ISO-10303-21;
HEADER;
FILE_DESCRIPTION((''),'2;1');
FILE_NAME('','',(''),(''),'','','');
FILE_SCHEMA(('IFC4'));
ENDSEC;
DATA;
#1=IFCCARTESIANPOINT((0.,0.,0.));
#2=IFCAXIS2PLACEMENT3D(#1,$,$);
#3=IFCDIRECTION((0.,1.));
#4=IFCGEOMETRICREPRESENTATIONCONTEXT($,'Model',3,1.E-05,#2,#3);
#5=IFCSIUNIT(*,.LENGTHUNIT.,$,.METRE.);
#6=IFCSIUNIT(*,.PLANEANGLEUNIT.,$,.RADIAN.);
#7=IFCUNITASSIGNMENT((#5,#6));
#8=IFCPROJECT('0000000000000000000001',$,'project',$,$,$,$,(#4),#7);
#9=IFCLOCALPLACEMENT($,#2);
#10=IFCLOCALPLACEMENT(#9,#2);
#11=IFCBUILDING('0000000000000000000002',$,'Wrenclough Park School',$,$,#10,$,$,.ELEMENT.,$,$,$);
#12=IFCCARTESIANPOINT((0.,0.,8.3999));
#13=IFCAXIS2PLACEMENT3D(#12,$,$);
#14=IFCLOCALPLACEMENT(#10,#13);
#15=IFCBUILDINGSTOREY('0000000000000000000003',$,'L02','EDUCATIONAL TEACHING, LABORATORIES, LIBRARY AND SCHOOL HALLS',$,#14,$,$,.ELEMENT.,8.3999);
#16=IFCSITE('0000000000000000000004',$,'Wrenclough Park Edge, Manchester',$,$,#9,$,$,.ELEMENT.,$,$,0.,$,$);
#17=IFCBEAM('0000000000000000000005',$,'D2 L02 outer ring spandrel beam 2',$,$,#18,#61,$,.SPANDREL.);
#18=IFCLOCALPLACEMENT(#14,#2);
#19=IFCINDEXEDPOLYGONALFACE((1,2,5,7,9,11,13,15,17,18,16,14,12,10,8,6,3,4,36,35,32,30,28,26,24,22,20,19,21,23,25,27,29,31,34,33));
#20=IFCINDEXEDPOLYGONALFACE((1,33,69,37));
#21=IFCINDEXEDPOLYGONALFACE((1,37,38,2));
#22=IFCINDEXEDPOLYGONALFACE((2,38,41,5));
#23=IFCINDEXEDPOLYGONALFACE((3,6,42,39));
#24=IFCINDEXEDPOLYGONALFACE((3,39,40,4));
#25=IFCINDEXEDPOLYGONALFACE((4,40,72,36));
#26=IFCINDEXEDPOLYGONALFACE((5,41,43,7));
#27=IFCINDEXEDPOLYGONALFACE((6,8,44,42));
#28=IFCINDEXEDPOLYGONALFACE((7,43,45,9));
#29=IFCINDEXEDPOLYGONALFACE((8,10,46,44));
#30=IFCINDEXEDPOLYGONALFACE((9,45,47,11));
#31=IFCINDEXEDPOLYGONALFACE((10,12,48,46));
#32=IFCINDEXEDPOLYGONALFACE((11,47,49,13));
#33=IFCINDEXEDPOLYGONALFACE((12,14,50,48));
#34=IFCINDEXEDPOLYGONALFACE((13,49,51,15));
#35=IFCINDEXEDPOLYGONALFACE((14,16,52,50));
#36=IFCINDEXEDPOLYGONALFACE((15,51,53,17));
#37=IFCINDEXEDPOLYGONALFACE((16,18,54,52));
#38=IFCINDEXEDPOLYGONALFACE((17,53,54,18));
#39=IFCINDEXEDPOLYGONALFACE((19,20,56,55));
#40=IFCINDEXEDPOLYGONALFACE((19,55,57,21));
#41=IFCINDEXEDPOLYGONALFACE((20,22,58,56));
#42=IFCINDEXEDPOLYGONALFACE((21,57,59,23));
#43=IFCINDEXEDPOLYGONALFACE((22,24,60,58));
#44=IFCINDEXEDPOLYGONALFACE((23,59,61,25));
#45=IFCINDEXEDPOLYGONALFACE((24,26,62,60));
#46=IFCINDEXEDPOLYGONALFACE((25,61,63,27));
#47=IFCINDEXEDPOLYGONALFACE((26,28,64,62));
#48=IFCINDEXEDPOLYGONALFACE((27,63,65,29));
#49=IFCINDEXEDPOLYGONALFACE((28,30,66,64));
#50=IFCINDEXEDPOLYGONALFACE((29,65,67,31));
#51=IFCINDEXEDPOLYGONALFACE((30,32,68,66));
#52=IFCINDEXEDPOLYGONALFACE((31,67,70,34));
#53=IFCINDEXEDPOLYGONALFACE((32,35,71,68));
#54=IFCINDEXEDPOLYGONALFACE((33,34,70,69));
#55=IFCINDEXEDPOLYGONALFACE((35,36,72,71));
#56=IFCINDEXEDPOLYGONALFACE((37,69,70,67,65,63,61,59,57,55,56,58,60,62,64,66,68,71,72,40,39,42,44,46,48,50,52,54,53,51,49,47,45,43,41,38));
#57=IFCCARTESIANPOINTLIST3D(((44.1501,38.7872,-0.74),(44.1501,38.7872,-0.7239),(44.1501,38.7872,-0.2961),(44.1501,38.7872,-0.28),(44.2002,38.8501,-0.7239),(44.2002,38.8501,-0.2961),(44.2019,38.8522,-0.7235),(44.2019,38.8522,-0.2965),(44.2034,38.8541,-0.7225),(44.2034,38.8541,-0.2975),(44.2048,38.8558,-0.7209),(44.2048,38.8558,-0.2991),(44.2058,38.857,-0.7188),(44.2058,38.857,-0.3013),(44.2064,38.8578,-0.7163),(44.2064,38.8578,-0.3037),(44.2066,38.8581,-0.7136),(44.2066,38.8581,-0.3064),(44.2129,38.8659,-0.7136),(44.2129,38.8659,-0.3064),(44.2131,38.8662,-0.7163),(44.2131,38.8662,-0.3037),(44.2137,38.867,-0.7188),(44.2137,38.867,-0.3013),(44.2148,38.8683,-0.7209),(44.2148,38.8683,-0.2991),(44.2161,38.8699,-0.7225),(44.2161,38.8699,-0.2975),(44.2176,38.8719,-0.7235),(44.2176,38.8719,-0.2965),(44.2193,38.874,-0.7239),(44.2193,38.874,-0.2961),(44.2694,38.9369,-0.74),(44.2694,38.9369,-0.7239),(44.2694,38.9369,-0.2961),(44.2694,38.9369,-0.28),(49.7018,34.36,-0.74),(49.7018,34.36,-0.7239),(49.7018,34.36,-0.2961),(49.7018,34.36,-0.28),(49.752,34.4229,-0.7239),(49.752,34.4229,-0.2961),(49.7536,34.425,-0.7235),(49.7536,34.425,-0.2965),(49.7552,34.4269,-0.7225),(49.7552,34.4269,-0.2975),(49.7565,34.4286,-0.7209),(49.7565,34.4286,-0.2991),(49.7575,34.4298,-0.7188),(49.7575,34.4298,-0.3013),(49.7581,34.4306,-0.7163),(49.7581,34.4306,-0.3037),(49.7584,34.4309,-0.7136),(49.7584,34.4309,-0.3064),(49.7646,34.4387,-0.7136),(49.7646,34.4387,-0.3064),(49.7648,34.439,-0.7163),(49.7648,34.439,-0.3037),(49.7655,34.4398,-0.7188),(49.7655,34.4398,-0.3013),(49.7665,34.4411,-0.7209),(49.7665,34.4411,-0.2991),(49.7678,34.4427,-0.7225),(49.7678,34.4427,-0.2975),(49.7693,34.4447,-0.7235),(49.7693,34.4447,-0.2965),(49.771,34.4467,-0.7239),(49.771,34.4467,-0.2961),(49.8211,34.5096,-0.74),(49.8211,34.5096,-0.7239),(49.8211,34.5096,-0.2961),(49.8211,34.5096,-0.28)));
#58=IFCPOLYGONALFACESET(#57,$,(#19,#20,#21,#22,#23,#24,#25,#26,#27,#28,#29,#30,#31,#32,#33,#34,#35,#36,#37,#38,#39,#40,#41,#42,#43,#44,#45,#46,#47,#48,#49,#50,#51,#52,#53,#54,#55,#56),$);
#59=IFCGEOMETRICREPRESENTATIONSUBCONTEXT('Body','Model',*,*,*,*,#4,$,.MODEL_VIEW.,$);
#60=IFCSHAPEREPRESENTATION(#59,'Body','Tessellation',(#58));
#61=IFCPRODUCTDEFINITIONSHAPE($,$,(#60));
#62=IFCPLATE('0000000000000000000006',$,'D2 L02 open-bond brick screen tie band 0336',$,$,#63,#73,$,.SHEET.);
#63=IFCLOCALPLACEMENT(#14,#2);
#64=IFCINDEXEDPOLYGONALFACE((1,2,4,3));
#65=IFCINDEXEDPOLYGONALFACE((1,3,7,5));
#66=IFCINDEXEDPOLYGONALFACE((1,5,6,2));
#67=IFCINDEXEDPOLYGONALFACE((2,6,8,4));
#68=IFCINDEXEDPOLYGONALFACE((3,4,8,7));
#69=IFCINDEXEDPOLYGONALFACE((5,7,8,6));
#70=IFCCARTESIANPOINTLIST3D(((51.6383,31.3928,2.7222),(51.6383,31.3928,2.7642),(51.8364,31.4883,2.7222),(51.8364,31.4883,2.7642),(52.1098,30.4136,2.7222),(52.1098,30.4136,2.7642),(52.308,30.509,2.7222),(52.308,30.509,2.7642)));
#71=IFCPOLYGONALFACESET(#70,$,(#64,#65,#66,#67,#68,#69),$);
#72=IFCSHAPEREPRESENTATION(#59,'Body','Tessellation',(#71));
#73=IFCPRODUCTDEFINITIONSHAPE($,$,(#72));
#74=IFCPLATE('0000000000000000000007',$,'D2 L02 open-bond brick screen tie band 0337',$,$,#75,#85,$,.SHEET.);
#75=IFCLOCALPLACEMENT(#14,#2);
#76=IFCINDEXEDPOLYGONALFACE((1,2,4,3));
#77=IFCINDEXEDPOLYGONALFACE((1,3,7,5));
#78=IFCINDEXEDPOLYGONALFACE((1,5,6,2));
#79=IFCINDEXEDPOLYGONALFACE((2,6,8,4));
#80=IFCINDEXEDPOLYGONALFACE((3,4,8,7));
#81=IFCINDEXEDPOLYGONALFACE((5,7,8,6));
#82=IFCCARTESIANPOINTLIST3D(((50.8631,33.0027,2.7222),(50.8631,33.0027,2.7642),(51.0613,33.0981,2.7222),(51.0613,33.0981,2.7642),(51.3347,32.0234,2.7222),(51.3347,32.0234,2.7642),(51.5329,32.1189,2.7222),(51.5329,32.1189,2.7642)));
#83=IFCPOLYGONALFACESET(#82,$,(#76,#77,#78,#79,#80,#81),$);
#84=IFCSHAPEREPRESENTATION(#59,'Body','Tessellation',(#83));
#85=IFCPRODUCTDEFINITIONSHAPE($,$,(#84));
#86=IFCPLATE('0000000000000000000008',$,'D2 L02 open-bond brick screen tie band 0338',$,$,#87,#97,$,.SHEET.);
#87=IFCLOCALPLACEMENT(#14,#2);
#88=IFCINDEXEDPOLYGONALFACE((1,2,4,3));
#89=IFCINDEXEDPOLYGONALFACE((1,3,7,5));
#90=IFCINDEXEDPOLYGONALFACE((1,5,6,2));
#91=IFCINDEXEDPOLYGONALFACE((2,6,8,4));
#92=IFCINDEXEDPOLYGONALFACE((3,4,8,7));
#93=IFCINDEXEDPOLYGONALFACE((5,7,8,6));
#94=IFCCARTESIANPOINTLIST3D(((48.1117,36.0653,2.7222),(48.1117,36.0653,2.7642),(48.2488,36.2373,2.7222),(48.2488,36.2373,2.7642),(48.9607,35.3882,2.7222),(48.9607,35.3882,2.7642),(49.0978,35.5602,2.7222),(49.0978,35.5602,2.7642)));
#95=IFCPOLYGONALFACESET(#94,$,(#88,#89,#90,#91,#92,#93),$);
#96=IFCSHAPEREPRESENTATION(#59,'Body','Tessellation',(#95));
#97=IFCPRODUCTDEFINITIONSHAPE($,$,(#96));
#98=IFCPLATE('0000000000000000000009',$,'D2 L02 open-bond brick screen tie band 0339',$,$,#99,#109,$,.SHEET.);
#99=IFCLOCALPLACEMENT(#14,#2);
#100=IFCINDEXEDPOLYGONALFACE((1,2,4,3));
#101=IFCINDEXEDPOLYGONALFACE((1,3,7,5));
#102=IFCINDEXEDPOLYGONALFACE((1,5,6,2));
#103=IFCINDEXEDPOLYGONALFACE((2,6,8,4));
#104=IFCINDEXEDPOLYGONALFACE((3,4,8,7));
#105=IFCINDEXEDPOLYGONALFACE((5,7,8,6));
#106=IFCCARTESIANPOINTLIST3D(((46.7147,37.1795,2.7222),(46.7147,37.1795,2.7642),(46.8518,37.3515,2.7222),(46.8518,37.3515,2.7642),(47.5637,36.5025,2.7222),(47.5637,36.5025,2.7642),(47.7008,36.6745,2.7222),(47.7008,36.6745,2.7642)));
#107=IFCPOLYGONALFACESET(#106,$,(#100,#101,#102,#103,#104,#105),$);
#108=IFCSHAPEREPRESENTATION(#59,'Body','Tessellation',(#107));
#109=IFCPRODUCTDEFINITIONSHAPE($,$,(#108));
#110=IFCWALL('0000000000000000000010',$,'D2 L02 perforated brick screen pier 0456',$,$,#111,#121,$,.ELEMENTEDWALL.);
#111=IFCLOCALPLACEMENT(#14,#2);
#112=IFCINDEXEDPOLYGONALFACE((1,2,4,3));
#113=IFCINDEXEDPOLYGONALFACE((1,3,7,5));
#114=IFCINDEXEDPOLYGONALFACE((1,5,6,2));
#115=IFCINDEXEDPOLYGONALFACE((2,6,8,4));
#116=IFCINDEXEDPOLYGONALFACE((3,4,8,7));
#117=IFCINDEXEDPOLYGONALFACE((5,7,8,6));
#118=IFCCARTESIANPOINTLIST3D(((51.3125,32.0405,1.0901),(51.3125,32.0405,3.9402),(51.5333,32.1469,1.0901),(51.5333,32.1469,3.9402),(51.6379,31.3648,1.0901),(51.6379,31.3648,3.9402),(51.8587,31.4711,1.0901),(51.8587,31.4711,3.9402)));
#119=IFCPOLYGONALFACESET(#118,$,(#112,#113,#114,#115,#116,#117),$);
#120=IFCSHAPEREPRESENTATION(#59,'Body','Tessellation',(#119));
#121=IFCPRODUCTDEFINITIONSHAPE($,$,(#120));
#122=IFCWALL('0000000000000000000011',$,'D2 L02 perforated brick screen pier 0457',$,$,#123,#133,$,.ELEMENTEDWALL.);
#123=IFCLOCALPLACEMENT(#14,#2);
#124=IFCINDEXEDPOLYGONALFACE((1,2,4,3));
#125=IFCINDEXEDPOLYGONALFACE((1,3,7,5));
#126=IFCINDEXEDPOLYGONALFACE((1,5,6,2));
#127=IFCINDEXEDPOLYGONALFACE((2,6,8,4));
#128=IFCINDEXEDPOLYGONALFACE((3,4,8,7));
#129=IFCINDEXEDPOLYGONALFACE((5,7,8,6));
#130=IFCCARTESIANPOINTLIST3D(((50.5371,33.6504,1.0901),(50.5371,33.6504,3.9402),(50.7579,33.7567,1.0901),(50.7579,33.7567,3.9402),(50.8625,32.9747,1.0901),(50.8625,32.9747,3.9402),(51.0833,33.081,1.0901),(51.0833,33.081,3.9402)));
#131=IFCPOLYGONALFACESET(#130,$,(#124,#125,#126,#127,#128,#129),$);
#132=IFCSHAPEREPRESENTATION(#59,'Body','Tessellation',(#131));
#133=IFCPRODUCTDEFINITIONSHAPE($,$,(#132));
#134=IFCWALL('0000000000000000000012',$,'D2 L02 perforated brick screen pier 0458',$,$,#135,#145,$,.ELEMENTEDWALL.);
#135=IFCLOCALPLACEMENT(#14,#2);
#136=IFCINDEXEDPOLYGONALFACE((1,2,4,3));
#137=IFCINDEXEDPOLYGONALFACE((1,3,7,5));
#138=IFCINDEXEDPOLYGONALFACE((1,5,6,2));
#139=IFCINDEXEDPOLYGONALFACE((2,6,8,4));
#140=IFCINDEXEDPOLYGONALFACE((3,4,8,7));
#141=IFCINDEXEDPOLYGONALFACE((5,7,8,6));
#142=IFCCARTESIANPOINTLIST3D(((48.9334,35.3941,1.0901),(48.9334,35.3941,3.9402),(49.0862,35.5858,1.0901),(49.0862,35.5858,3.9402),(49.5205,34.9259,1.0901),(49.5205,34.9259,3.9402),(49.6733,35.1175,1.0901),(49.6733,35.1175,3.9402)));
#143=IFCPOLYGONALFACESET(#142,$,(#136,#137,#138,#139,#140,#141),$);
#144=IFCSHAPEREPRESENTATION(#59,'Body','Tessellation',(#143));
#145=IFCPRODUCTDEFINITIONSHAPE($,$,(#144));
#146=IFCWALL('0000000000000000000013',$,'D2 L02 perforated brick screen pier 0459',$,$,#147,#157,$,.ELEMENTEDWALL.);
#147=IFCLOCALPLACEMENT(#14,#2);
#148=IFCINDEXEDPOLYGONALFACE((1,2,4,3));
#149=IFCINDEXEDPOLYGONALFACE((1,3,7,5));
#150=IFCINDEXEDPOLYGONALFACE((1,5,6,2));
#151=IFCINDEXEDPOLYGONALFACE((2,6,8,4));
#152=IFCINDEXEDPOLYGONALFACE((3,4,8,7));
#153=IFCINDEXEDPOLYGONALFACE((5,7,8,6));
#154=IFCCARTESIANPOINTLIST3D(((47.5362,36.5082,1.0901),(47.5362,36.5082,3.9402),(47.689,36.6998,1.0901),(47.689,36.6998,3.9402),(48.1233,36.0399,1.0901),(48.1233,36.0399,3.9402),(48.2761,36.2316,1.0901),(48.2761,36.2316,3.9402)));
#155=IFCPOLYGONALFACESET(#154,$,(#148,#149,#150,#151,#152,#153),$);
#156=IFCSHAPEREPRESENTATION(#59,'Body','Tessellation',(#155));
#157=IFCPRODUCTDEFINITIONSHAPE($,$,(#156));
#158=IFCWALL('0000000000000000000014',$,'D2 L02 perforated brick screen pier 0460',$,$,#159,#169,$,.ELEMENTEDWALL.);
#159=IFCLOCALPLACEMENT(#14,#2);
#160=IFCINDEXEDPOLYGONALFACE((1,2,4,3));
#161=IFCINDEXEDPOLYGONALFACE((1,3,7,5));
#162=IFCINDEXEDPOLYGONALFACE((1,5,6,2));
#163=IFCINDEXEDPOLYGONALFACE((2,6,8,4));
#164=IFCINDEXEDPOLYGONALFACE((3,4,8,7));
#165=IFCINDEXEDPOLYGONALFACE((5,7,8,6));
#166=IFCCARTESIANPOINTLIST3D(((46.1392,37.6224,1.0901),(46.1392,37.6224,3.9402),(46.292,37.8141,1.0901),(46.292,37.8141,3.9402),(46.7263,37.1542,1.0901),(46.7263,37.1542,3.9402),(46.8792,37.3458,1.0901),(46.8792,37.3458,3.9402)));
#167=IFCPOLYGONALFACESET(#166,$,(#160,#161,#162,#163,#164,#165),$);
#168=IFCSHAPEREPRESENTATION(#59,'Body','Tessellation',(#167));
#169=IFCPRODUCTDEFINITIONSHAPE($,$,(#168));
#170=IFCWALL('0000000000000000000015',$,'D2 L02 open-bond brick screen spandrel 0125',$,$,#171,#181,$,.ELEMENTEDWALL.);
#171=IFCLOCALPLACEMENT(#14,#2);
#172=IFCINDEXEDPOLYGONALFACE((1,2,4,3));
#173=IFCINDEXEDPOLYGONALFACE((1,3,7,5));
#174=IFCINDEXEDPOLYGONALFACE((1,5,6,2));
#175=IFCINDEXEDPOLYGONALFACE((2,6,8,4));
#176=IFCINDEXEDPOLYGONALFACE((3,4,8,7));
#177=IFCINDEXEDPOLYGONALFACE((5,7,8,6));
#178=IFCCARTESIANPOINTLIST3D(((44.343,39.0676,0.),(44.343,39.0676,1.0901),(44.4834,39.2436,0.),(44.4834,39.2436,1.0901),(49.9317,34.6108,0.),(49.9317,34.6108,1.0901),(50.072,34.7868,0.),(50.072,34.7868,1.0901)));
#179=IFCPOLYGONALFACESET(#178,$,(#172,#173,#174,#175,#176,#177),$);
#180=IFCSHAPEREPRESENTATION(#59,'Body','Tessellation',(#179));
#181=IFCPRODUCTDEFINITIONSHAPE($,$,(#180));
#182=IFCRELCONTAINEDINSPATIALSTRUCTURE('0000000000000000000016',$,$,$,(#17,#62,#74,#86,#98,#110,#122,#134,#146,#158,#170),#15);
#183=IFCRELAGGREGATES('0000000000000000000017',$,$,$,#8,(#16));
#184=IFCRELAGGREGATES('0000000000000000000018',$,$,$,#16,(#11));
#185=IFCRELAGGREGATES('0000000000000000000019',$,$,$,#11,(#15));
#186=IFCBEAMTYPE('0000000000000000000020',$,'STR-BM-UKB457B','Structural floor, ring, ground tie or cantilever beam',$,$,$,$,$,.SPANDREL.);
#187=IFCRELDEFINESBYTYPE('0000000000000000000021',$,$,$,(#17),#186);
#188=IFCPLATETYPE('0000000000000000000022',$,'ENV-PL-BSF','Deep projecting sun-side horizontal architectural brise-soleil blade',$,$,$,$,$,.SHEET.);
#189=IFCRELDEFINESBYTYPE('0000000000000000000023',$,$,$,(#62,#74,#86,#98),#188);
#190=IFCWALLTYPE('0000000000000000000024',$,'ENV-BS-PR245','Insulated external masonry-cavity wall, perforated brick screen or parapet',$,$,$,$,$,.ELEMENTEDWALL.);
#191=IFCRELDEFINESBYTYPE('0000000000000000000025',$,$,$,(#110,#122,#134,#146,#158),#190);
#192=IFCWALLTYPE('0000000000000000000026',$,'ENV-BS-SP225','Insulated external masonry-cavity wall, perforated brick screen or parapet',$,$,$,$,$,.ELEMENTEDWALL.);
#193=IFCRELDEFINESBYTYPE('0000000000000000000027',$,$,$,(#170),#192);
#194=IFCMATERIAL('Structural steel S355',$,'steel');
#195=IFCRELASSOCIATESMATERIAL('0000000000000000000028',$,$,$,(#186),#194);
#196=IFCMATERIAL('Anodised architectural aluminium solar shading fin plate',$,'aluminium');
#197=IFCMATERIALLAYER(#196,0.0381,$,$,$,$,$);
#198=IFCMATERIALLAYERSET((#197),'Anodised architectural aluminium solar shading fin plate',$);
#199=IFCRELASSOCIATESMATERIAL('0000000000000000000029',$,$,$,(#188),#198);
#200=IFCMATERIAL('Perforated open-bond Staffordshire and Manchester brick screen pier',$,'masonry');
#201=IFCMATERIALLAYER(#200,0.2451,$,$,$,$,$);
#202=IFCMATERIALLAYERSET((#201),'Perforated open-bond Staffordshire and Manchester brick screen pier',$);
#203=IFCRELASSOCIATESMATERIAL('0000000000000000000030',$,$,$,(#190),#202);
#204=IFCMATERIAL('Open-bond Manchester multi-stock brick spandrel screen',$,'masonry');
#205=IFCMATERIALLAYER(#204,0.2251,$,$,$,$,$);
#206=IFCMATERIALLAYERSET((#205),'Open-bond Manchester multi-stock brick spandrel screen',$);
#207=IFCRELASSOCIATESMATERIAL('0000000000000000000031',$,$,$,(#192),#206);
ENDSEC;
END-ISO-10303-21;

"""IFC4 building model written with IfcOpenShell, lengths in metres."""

from ifc_helpers import new_model, si_unit, direction, frame, frame_2d, origin, origin_2d, place, context, subcontext, project, spatial, rectangle, i_section, extrude, material, layer, layer_set, material_profile, profile_set, type_object, element, save


model = new_model("IFC4")

# Units and contexts
model_context = context("Model", 3, precision=1e-05, world=origin(), true_north=direction((0.0, 1.0)))
body_context = subcontext(model_context, "Body", "Model", "MODEL_VIEW")
ifc_project = project(units=[si_unit("LENGTHUNIT", "METRE"), si_unit("PLANEANGLEUNIT", "RADIAN")], contexts=[model_context])

# Site, building, storey
site_placement = place(None, origin())
site = spatial("IfcSite", under=ifc_project, at=site_placement, Name="Wrenclough Park Edge, Manchester", CompositionType="ELEMENT", RefElevation=0.0)
building_placement = place(site_placement, origin())
building = spatial("IfcBuilding", under=site, at=building_placement, Name="Wrenclough Park School", CompositionType="ELEMENT")
storey_placement = place(building_placement, frame((0.0, 0.0, 8.3999)))
storey = spatial("IfcBuildingStorey", under=building, at=storey_placement, Name="L02", Description="EDUCATIONAL TEACHING, LABORATORIES, LIBRARY AND SCHOOL HALLS", CompositionType="ELEMENT", Elevation=8.3999)

# Beam
ifc_material_1 = material(Name="Structural steel S355", Category="steel")
ifc_material_profile_1 = material_profile(ifc_material_1, i_section(OverallWidth=0.1914, OverallDepth=0.46, WebThickness=0.01, FlangeThickness=0.0161, FilletRadius=0.0103, at=origin_2d()), Name="UKB 457x191x82")
ifc_profile_set_1 = profile_set([ifc_material_profile_1], Name="Structural steel S355")
beam_type = type_object("IfcBeamType", Name="STR-BM-UKB457B", Description="Structural floor, ring, ground tie or cantilever beam", PredefinedType="SPANDREL", material=ifc_profile_set_1)
beam_placement = place(storey_placement, frame((49.7615, 34.4348, -0.51), z_axis=(-0.781841, 0.623478, 0.0), x_axis=(-0.623478, -0.781841, 0.0)))
element("IfcBeam", 1, at=beam_placement, inside=storey, type_object=beam_type, Name="D2 L02 outer ring spandrel beam 2", PredefinedType="SPANDREL", context=body_context, shape_type="SweptSolid", body=[
    extrude(i_section(OverallWidth=0.1914, OverallDepth=0.46, WebThickness=0.01, FlangeThickness=0.0161, FilletRadius=0.0103, at=origin_2d()), origin(), (0.0, 0.0, 1.0), 7.1008),
])

# Plates
ifc_material_2 = material(Name="Anodised architectural aluminium solar shading fin plate", Category="aluminium")
ifc_layer_1 = layer(ifc_material_2, 0.0381)
ifc_layer_set_1 = layer_set([ifc_layer_1], Name="Anodised architectural aluminium solar shading fin plate")
plate_type = type_object("IfcPlateType", Name="ENV-PL-BSF", Description="Deep projecting sun-side horizontal architectural brise-soleil blade", PredefinedType="SHEET", material=ifc_layer_set_1)
for number, where, z_axis, x_axis, name in (
    (2, (51.9731, 30.9509, 2.7222), (0.0, 0.0, 1.0), (-0.433884, 0.900969, 0.0), "D2 L02 open-bond brick screen tie band 0336"),
    (3, (51.198, 32.5608, 2.7222), (0.0, 0.0, 1.0), (-0.433884, 0.900969, 0.0), "D2 L02 open-bond brick screen tie band 0337"),
):
    element("IfcPlate", number, at=place(storey_placement, frame(where, z_axis=z_axis, x_axis=x_axis)), inside=storey, type_object=plate_type, Name=name, PredefinedType="SHEET", context=body_context, shape_type="SweptSolid", body=[
        extrude(rectangle(XDim=1.0869, YDim=0.22, at=origin_2d()), origin(), (0.0, 0.0, 1.0), 0.042),
    ])
for number, where, z_axis, x_axis, name in (
    (4, (48.6047, 35.8127, 2.7222), (0.0, 0.0, 1.0), (-0.78183, 0.623492, 0.0), "D2 L02 open-bond brick screen tie band 0338"),
    (5, (47.2078, 36.927, 2.7222), (0.0, 0.0, 1.0), (-0.78183, 0.623492, 0.0), "D2 L02 open-bond brick screen tie band 0339"),
):
    element("IfcPlate", number, at=place(storey_placement, frame(where, z_axis=z_axis, x_axis=x_axis)), inside=storey, type_object=plate_type, Name=name, PredefinedType="SHEET", context=body_context, shape_type="SweptSolid", body=[
        extrude(rectangle(XDim=1.0859, YDim=0.22, at=origin_2d()), origin(), (0.0, 0.0, 1.0), 0.042),
    ])

# Walls
ifc_material_3 = material(Name="Perforated open-bond Staffordshire and Manchester brick screen pier", Category="masonry")
ifc_layer_2 = layer(ifc_material_3, 0.2451)
ifc_layer_set_2 = layer_set([ifc_layer_2], Name="Perforated open-bond Staffordshire and Manchester brick screen pier")
wall_type_1 = type_object("IfcWallType", Name="ENV-BS-PR245", Description="Insulated external masonry-cavity wall, perforated brick screen or parapet", PredefinedType="ELEMENTEDWALL", material=ifc_layer_set_2)
for number, where, z_axis, x_axis, name in (
    (6, (51.7483, 31.418, 1.0901), (0.0, 0.0, 1.0), (-0.433884, 0.900969, 0.0), "D2 L02 perforated brick screen pier 0456"),
    (7, (50.9729, 33.0278, 1.0901), (0.0, 0.0, 1.0), (-0.433884, 0.900969, 0.0), "D2 L02 perforated brick screen pier 0457"),
):
    element("IfcWall", number, at=place(storey_placement, frame(where, z_axis=z_axis, x_axis=x_axis)), inside=storey, type_object=wall_type_1, Name=name, PredefinedType="ELEMENTEDWALL", context=body_context, shape_type="SweptSolid", body=[
        extrude(rectangle(XDim=0.75, YDim=0.2451, at=frame_2d((0.375, 0.0))), origin(), (0.0, 0.0, 1.0), 2.8501),
    ])
for number, where, z_axis, x_axis, name in (
    (8, (49.5969, 35.0217, 1.0901), (0.0, 0.0, 1.0), (-0.781819, 0.623505, 0.0), "D2 L02 perforated brick screen pier 0458"),
    (9, (48.1997, 36.1357, 1.0901), (0.0, 0.0, 1.0), (-0.781819, 0.623505, 0.0), "D2 L02 perforated brick screen pier 0459"),
    (10, (46.8027, 37.25, 1.0901), (0.0, 0.0, 1.0), (-0.781819, 0.623505, 0.0), "D2 L02 perforated brick screen pier 0460"),
):
    element("IfcWall", number, at=place(storey_placement, frame(where, z_axis=z_axis, x_axis=x_axis)), inside=storey, type_object=wall_type_1, Name=name, PredefinedType="ELEMENTEDWALL", context=body_context, shape_type="SweptSolid", body=[
        extrude(rectangle(XDim=0.751, YDim=0.2451, at=frame_2d((0.3755, 0.0))), origin(), (0.0, 0.0, 1.0), 2.8501),
    ])
ifc_material_4 = material(Name="Open-bond Manchester multi-stock brick spandrel screen", Category="masonry")
ifc_layer_3 = layer(ifc_material_4, 0.2251)
ifc_layer_set_3 = layer_set([ifc_layer_3], Name="Open-bond Manchester multi-stock brick spandrel screen")
wall_type_2 = type_object("IfcWallType", Name="ENV-BS-SP225", Description="Insulated external masonry-cavity wall, perforated brick screen or parapet", PredefinedType="ELEMENTEDWALL", material=ifc_layer_set_3)
wall_1_placement = place(storey_placement, frame((50.002, 34.6987, 0.0), z_axis=(0.0, 0.0, 1.0), x_axis=(-0.781831, 0.623491, 0.0)))
element("IfcWall", 11, at=wall_1_placement, inside=storey, type_object=wall_type_2, Name="D2 L02 open-bond brick screen spandrel 0125", PredefinedType="ELEMENTEDWALL", context=body_context, shape_type="SweptSolid", body=[
    extrude(rectangle(XDim=7.1482, YDim=0.2251, at=frame_2d((3.5742, 0.0))), origin(), (0.0, 0.0, 1.0), 1.0901),
])

save(model, "model.ifc")
